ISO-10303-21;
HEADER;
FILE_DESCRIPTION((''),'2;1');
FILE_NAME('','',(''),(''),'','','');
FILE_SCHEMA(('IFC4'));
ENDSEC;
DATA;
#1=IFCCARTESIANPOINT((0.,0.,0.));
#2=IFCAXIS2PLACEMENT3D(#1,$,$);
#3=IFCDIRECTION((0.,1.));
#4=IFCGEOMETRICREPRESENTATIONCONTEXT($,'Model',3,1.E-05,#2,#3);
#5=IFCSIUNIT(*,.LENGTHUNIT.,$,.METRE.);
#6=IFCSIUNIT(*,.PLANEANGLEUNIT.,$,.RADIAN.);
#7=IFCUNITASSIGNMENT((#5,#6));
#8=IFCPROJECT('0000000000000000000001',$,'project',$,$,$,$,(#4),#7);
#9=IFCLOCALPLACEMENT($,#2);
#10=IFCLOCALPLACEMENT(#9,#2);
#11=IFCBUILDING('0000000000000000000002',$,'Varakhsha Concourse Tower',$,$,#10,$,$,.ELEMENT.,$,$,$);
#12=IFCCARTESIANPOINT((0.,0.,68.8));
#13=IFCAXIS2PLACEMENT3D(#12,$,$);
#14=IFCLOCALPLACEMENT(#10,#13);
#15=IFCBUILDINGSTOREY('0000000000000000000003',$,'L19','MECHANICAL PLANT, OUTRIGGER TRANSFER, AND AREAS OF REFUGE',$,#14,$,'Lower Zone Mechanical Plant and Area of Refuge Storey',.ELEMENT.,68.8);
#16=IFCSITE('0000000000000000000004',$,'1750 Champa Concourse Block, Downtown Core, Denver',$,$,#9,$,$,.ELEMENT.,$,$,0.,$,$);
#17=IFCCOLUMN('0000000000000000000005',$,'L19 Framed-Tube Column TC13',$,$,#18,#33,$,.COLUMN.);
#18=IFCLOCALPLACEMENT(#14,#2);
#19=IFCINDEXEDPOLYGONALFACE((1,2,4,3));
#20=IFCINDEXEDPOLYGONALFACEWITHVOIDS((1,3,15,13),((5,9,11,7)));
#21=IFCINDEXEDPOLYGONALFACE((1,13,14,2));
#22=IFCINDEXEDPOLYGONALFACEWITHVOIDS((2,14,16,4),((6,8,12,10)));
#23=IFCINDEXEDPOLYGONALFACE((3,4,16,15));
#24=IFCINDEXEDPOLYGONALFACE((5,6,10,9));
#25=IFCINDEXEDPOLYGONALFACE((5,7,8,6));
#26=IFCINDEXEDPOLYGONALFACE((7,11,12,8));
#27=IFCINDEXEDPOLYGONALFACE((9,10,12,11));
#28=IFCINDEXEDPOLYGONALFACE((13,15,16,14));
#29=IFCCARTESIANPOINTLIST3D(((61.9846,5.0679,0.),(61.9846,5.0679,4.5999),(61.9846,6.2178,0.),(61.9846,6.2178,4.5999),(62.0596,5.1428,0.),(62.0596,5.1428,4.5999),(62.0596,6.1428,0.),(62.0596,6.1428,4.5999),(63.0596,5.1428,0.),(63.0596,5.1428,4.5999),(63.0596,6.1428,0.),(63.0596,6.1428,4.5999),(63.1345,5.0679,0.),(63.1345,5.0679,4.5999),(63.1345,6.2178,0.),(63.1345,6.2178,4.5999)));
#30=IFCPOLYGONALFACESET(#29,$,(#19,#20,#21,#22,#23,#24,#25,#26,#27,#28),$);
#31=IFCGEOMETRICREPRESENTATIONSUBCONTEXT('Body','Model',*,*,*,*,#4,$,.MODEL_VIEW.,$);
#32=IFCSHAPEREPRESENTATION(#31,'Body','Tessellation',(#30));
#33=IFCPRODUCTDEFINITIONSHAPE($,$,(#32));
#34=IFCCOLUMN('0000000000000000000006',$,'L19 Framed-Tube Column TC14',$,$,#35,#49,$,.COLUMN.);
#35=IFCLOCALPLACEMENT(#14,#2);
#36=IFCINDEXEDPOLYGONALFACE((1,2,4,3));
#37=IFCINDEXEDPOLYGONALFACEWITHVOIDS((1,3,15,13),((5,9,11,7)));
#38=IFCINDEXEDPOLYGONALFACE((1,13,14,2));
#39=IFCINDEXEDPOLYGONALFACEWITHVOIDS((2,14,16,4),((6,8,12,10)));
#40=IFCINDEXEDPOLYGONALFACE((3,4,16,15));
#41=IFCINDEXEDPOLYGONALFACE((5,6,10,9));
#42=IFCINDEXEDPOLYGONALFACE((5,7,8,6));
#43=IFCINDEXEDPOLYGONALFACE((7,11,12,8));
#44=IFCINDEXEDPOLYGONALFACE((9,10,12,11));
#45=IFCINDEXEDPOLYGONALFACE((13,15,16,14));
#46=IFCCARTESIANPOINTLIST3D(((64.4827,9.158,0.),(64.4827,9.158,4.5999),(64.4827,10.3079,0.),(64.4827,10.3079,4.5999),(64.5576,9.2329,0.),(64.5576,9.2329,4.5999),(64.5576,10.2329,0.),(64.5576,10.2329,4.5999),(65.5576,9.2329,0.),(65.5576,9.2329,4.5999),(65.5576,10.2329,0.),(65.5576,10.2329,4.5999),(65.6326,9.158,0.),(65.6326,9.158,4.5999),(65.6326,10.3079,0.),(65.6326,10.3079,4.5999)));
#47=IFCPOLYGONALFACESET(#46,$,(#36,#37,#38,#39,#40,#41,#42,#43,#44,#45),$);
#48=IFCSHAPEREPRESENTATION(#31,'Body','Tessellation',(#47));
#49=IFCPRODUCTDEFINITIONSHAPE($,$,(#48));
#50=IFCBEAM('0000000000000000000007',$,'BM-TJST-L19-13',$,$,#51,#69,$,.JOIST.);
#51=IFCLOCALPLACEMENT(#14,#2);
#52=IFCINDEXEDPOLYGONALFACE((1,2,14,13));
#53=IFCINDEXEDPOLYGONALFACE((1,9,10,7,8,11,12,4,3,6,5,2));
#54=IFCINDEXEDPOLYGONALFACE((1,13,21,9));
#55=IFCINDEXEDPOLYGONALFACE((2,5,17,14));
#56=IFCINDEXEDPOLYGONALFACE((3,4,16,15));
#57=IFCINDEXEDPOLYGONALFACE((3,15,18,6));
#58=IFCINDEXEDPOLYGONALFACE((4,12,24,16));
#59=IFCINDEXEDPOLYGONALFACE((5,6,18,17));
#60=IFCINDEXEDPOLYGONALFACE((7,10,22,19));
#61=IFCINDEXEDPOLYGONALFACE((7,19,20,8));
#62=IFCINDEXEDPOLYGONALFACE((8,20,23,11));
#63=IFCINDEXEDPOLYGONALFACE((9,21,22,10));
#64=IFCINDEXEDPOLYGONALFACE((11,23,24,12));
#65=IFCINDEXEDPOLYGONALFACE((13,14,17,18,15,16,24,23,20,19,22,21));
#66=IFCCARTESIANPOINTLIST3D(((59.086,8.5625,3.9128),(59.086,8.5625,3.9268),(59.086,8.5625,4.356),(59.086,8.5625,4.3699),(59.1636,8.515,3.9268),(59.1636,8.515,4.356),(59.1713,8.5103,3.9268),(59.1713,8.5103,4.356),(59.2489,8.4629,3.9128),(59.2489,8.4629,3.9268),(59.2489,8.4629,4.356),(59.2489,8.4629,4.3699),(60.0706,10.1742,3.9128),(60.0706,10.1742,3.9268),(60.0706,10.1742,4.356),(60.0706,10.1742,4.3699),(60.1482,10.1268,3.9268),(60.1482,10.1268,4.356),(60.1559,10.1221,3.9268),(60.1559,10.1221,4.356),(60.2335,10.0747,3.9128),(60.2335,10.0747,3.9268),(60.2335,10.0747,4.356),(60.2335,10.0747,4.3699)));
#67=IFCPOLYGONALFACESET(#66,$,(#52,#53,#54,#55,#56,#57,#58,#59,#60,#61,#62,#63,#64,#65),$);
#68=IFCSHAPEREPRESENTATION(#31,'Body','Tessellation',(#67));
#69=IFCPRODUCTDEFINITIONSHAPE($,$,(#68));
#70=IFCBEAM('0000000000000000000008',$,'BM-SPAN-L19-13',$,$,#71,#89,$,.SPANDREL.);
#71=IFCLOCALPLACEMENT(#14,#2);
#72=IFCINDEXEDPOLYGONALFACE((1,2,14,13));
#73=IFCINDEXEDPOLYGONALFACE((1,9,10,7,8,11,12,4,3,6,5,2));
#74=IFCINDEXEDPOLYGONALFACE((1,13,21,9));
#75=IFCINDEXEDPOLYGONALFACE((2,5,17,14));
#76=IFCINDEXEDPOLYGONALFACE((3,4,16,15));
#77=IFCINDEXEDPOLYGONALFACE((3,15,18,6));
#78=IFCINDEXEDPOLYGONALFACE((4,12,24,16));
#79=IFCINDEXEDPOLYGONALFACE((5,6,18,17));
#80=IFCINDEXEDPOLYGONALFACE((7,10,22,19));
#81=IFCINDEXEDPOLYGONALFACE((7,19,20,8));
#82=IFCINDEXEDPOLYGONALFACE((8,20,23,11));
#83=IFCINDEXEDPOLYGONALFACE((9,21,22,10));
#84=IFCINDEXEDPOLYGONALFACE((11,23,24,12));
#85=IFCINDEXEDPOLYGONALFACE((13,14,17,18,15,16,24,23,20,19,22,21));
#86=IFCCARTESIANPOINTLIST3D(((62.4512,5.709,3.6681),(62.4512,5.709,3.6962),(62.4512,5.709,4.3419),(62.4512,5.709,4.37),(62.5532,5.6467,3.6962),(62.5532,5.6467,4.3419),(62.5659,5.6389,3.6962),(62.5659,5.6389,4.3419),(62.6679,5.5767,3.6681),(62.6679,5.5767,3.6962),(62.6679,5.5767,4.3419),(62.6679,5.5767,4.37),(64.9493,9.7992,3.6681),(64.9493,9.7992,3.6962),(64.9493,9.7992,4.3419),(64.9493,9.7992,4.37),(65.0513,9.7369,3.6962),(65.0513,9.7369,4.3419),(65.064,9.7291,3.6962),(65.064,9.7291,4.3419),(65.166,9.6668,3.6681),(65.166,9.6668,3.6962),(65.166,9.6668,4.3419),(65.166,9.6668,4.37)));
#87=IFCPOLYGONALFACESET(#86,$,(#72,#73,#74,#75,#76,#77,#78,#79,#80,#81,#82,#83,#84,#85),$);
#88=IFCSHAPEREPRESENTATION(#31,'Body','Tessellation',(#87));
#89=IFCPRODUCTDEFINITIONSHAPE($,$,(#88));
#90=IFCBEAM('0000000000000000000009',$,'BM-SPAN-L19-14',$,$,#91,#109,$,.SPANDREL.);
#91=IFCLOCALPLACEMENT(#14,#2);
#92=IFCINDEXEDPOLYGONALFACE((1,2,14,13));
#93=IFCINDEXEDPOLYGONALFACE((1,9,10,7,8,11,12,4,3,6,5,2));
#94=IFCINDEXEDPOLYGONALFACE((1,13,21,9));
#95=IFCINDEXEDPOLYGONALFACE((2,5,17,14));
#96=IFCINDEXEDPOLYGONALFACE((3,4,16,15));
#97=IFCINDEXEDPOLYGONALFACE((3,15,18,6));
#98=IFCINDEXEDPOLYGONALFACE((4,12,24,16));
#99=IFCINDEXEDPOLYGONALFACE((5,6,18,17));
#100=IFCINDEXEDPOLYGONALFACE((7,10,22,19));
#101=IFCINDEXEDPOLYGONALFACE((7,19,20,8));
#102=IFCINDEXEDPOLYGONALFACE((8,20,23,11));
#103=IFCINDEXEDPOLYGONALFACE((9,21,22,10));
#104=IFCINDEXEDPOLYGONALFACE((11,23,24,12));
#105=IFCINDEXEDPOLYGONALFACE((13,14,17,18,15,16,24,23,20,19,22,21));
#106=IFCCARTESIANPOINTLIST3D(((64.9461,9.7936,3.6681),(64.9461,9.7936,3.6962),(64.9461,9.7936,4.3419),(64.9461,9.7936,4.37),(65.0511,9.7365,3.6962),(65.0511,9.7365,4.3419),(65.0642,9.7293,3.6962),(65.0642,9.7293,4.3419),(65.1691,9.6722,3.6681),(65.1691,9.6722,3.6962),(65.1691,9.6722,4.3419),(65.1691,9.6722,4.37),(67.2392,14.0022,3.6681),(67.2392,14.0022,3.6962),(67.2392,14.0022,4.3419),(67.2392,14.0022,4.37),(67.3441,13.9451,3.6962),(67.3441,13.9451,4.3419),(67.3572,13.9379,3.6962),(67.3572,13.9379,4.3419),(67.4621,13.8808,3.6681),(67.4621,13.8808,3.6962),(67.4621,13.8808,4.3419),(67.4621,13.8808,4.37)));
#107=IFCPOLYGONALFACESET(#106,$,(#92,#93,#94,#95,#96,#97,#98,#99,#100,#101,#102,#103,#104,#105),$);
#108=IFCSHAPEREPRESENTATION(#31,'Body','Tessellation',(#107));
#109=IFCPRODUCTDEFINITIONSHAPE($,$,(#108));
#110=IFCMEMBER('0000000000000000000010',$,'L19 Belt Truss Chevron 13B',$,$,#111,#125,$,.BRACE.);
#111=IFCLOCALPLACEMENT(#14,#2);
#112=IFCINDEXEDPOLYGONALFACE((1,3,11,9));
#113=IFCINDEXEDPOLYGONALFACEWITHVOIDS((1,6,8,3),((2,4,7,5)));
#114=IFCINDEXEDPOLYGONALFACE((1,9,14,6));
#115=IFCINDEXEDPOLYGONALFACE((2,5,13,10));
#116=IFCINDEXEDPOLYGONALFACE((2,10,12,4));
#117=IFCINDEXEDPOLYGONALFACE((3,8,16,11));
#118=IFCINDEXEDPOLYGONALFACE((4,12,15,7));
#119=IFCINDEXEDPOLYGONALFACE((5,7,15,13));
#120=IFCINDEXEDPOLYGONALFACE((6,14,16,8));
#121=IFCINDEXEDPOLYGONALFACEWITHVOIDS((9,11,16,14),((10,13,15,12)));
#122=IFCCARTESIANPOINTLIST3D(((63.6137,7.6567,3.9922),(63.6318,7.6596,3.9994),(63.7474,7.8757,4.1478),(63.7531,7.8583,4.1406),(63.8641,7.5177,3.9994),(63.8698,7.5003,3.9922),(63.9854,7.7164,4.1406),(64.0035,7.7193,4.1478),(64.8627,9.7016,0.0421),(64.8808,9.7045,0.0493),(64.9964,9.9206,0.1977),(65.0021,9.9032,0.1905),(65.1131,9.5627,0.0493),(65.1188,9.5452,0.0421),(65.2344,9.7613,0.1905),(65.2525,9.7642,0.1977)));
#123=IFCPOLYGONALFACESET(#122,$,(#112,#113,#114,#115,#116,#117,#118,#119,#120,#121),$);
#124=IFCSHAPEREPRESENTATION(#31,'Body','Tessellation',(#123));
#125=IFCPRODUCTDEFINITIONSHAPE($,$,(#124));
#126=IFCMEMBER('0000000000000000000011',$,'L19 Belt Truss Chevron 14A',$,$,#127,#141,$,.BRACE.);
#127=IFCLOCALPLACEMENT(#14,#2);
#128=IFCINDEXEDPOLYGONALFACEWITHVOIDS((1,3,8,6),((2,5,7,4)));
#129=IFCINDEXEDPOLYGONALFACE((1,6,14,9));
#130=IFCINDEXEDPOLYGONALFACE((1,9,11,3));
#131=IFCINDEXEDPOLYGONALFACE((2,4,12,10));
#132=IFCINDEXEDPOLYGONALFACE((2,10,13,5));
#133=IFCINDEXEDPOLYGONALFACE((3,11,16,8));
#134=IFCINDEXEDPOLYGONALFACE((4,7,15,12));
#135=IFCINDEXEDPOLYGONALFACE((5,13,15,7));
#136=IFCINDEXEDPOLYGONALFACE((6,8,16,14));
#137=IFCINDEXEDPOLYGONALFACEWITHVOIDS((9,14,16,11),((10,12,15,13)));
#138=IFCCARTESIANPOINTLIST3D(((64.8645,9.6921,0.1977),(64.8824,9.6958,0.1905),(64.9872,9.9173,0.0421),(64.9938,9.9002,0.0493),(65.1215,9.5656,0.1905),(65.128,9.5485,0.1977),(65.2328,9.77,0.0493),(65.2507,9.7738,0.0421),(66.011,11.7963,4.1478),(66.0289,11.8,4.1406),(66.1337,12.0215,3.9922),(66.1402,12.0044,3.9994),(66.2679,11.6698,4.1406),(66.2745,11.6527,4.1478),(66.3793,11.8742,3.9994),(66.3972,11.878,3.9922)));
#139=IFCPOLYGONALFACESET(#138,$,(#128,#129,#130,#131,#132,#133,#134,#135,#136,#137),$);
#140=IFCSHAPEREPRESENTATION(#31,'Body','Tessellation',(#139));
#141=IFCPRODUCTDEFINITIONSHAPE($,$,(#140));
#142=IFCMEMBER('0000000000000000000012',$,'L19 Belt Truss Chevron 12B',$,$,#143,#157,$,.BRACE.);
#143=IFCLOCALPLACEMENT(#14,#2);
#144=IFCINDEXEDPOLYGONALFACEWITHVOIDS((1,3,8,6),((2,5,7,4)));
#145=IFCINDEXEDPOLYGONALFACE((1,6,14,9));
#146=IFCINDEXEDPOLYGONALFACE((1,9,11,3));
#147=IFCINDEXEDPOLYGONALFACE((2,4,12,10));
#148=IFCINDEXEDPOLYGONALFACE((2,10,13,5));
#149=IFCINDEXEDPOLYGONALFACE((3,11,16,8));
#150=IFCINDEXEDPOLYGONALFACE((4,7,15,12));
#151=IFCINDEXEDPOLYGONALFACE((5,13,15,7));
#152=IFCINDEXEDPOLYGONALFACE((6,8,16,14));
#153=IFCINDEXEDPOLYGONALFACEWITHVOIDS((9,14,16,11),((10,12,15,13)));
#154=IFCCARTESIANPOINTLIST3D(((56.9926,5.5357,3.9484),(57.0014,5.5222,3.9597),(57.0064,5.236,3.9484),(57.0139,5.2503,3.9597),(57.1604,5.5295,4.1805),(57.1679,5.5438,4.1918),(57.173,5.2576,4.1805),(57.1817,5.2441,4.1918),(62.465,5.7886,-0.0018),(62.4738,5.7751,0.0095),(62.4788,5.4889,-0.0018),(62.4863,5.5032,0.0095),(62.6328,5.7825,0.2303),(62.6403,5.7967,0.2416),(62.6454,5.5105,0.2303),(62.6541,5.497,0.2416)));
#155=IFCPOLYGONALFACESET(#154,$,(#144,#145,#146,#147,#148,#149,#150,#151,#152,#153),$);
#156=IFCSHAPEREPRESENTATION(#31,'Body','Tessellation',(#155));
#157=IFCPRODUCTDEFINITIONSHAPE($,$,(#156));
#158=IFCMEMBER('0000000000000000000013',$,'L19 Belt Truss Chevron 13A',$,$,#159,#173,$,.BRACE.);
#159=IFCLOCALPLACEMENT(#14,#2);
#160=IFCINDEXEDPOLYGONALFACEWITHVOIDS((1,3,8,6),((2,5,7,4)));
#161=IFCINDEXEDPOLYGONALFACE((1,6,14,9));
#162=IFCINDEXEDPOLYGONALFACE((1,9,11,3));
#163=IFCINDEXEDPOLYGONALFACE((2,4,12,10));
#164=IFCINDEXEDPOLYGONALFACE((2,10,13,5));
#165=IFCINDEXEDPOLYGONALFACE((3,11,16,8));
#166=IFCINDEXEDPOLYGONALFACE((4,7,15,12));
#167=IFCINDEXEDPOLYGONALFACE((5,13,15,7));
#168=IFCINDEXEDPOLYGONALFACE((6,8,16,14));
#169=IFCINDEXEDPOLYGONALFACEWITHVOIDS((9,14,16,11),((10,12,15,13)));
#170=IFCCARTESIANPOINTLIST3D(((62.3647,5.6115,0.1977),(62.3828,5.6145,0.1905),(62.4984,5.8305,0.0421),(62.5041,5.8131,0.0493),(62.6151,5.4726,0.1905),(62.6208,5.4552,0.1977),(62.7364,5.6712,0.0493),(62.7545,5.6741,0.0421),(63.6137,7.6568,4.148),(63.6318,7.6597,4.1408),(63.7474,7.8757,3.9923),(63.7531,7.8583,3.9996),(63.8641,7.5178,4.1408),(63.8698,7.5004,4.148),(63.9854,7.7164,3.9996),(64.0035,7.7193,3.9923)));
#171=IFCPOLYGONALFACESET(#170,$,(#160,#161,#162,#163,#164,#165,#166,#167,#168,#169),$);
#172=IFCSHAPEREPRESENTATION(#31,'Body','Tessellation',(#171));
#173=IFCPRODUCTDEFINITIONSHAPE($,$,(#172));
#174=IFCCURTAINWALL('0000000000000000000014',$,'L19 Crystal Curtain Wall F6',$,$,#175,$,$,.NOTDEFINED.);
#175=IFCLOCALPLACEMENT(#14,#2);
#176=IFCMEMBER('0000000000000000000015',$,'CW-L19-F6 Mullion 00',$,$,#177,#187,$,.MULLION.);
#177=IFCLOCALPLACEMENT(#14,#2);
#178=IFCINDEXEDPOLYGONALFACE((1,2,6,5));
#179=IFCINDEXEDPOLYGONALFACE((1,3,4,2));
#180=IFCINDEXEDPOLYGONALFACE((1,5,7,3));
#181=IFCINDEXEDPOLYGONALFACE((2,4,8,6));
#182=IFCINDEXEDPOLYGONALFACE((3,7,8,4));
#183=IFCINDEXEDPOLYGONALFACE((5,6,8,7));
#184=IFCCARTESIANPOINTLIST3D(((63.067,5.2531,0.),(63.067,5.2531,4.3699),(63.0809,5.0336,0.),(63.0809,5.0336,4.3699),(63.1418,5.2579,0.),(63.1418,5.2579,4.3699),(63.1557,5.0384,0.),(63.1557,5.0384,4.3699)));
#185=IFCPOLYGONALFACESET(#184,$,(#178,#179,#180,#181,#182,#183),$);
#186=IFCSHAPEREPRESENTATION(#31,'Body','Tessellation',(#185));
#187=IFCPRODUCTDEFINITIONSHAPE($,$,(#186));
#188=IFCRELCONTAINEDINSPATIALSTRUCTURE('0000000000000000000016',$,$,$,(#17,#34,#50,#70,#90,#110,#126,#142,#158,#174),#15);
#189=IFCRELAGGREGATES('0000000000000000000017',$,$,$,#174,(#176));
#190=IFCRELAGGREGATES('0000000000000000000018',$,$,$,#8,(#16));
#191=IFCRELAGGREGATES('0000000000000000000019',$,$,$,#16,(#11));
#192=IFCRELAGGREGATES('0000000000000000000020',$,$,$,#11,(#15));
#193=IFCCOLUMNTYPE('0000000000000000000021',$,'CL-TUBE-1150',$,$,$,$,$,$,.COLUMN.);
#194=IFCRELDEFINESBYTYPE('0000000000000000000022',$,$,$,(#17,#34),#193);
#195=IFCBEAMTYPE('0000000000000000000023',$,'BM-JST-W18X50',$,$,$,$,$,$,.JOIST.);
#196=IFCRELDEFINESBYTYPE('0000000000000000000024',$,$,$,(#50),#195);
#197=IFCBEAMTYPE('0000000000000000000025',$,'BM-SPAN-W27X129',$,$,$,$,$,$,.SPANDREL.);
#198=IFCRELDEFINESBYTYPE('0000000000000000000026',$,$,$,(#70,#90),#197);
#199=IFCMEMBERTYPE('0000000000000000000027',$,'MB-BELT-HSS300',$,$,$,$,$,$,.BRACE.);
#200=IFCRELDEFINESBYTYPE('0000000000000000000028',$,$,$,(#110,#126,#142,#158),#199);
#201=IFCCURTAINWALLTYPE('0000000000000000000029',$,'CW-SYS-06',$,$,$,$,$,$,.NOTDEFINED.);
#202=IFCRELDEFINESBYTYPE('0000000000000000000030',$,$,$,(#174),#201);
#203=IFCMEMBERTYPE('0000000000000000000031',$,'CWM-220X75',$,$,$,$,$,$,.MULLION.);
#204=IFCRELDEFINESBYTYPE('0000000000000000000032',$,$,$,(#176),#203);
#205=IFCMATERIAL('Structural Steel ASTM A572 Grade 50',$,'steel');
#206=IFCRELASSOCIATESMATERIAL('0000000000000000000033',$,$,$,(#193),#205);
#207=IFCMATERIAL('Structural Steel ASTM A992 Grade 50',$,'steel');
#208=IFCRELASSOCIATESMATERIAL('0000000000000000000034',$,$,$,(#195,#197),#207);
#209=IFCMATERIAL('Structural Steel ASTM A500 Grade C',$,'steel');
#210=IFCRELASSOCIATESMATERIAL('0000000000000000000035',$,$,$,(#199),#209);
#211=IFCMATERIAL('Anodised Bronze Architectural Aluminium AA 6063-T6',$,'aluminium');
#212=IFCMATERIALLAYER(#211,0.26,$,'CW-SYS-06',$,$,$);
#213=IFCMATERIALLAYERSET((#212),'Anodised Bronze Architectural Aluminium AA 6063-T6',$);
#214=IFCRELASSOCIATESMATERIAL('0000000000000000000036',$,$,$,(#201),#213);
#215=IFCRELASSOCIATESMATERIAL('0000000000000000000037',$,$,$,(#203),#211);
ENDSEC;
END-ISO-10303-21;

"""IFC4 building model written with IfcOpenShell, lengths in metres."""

from ifc_helpers import new_model, si_unit, direction, frame, origin, origin_2d, place, context, subcontext, project, spatial, rectangle, hollow_rectangle, i_section, extrude, source, transform, mapped, material, layer, layer_set, material_profile, profile_set, type_object, type_shapes, element, aggregate, save


model = new_model("IFC4")

# Units and contexts
model_context = context("Model", 3, precision=1e-05, world=origin(), true_north=direction((0.0, 1.0)))
body_context = subcontext(model_context, "Body", "Model", "MODEL_VIEW")
ifc_project = project(units=[si_unit("LENGTHUNIT", "METRE"), si_unit("PLANEANGLEUNIT", "RADIAN")], contexts=[model_context])

# Site, building, storey
site_placement = place(None, origin())
site = spatial("IfcSite", under=ifc_project, at=site_placement, Name="1750 Champa Concourse Block, Downtown Core, Denver", CompositionType="ELEMENT", RefElevation=0.0)
building_placement = place(site_placement, origin())
building = spatial("IfcBuilding", under=site, at=building_placement, Name="Varakhsha Concourse Tower", CompositionType="ELEMENT")
storey_placement = place(building_placement, frame((0.0, 0.0, 68.8)))
storey = spatial("IfcBuildingStorey", under=building, at=storey_placement, Name="L19", Description="MECHANICAL PLANT, OUTRIGGER TRANSFER, AND AREAS OF REFUGE", LongName="Lower Zone Mechanical Plant and Area of Refuge Storey", CompositionType="ELEMENT", Elevation=68.8)

# Columns
ifc_material_1 = material(Name="Structural Steel ASTM A572 Grade 50", Category="steel")
ifc_material_profile_1 = material_profile(ifc_material_1, hollow_rectangle(XDim=1.1499, YDim=1.1499, WallThickness=0.075, at=origin_2d()), Name="BOX 1150x1150x75")
ifc_profile_set_1 = profile_set([ifc_material_profile_1], Name="Structural Steel ASTM A572 Grade 50")
column_type = type_object("IfcColumnType", Name="CL-TUBE-1150", PredefinedType="COLUMN", material=ifc_profile_set_1)
for number, where, z_axis, x_axis, name in (
    (1, (62.5596, 5.6428, 0.0), (0.0, 0.0, 1.0), (1.0, 0.0, 0.0), "L19 Framed-Tube Column TC13"),
    (2, (65.0576, 9.7329, 0.0), (0.0, 0.0, 1.0), (1.0, 0.0, 0.0), "L19 Framed-Tube Column TC14"),
):
    element("IfcColumn", number, at=place(storey_placement, frame(where, z_axis=z_axis, x_axis=x_axis)), inside=storey, type_object=column_type, Name=name, PredefinedType="COLUMN", context=body_context, shape_type="SweptSolid", body=[
        extrude(hollow_rectangle(XDim=1.1499, YDim=1.1499, WallThickness=0.075, at=origin_2d()), origin(), (0.0, 0.0, 1.0), 4.5999),
    ])

# Beams
ifc_material_2 = material(Name="Structural Steel ASTM A992 Grade 50", Category="steel")
ifc_material_profile_2 = material_profile(ifc_material_2, i_section(OverallWidth=0.1909, OverallDepth=0.457, WebThickness=0.009, FlangeThickness=0.0139, at=origin_2d()), Name="W18X50")
ifc_profile_set_2 = profile_set([ifc_material_profile_2], Name="Structural Steel ASTM A992 Grade 50")
beam_type_1 = type_object("IfcBeamType", Name="BM-JST-W18X50", PredefinedType="JOIST", material=ifc_profile_set_2)
beam_placement = place(storey_placement, frame((59.1675, 8.5127, 4.1414), z_axis=(0.521304, 0.853371, 0.0), x_axis=(-0.853371, 0.521304, 0.0)))
element("IfcBeam", 3, at=beam_placement, inside=storey, type_object=beam_type_1, Name="BM-TJST-L19-13", PredefinedType="JOIST", context=body_context, shape_type="SweptSolid", body=[
    extrude(i_section(OverallWidth=0.1909, OverallDepth=0.457, WebThickness=0.009, FlangeThickness=0.0139, at=origin_2d()), origin(), (0.0, 0.0, 1.0), 1.8887),
])
ifc_material_profile_3 = material_profile(ifc_material_2, i_section(OverallWidth=0.2539, OverallDepth=0.7019, WebThickness=0.0149, FlangeThickness=0.0281, at=origin_2d()), Name="W27X129")
ifc_profile_set_3 = profile_set([ifc_material_profile_3], Name="Structural Steel ASTM A992 Grade 50")
beam_type_2 = type_object("IfcBeamType", Name="BM-SPAN-W27X129", PredefinedType="SPANDREL", material=ifc_profile_set_3)
for number, where, z_axis, x_axis, name in (
    (4, (62.5596, 5.6428, 4.019), (0.52123, 0.853417, 0.0), (-0.853417, 0.52123, 0.0), "BM-SPAN-L19-13"),
    (5, (65.0576, 9.7329, 4.019), (0.478438, 0.878121, 0.0), (-0.878121, 0.478438, 0.0), "BM-SPAN-L19-14"),
):
    element("IfcBeam", number, at=place(storey_placement, frame(where, z_axis=z_axis, x_axis=x_axis)), inside=storey, type_object=beam_type_2, Name=name, PredefinedType="SPANDREL", context=body_context, shape_type="SweptSolid", body=[
        extrude(i_section(OverallWidth=0.2539, OverallDepth=0.7019, WebThickness=0.0149, FlangeThickness=0.0281, at=origin_2d()), origin(), (0.0, 0.0, 1.0), 4.7927),
    ])

# Members
ifc_material_3 = material(Name="Structural Steel ASTM A500 Grade C", Category="steel")
ifc_material_profile_4 = material_profile(ifc_material_3, hollow_rectangle(XDim=0.3, YDim=0.3, WallThickness=0.0139, at=origin_2d()), Name="HSS 300x300x14")
ifc_profile_set_4 = profile_set([ifc_material_profile_4], Name="Structural Steel ASTM A500 Grade C")
member_type_1 = type_object("IfcMemberType", Name="MB-BELT-HSS300", PredefinedType="BRACE", material=ifc_profile_set_4)
shared_shape_1 = source(origin(), body_context, "Body", "SweptSolid", [
    extrude(hollow_rectangle(XDim=0.3, YDim=0.3, WallThickness=0.0139, at=origin_2d()), origin(), (0.0, 0.0, 1.0), 4.6201),
])
for number, where, z_axis, x_axis, name in (
    (6, (65.0576, 9.7329, 0.1199), (-0.270342, -0.442609, 0.854992), (0.853403, -0.521252, 0.0), "L19 Belt Truss Chevron 13B"),
    (7, (65.0576, 9.7329, 0.1199), (0.248146, 0.455444, 0.854982), (-0.878121, 0.478438, 0.0), "L19 Belt Truss Chevron 14A"),
):
    element("IfcMember", number, at=place(storey_placement, frame(where, z_axis=z_axis, x_axis=x_axis)), inside=storey, type_object=member_type_1, Name=name, PredefinedType="BRACE", context=body_context, shape_type="MappedRepresentation", body=[
        mapped(shared_shape_1, transform((0.0, 0.0, 0.0), scale=1.0)),
    ])
shared_shape_2 = source(origin(), body_context, "Body", "SweptSolid", [
    extrude(hollow_rectangle(XDim=0.3, YDim=0.3, WallThickness=0.0139, at=origin_2d()), origin(), (0.0, 0.0, 1.0), 6.7539),
])
member_1_placement = place(storey_placement, frame((62.5596, 5.6428, 0.1199), z_axis=(-0.810258, -0.037449, 0.584875), x_axis=(0.04617, -0.998934, 0.0)))
element("IfcMember", 8, at=member_1_placement, inside=storey, type_object=member_type_1, Name="L19 Belt Truss Chevron 12B", PredefinedType="BRACE", context=body_context, shape_type="MappedRepresentation", body=[
    mapped(shared_shape_2, transform((0.0, 0.0, 0.0), scale=1.0)),
])
shared_shape_3 = source(origin(), body_context, "Body", "SweptSolid", [
    extrude(hollow_rectangle(XDim=0.3, YDim=0.3, WallThickness=0.0139, at=origin_2d()), origin(), (0.0, 0.0, 1.0), 4.6204),
])
type_shapes(member_type_1, [shared_shape_1, shared_shape_2, shared_shape_3])
member_2_placement = place(storey_placement, frame((62.5596, 5.6428, 0.1199), z_axis=(0.270336, 0.442652, 0.854972), x_axis=(-0.85343, 0.521207, 0.0)))
element("IfcMember", 9, at=member_2_placement, inside=storey, type_object=member_type_1, Name="L19 Belt Truss Chevron 13A", PredefinedType="BRACE", context=body_context, shape_type="MappedRepresentation", body=[
    mapped(shared_shape_3, transform((0.0, 0.0, 0.0), scale=1.0)),
])

# Curtain wall, member
ifc_material_4 = material(Name="Anodised Bronze Architectural Aluminium AA 6063-T6", Category="aluminium")
ifc_layer_1 = layer(ifc_material_4, 0.26, Name="CW-SYS-06")
ifc_layer_set_1 = layer_set([ifc_layer_1], Name="Anodised Bronze Architectural Aluminium AA 6063-T6")
curtain_wall_type = type_object("IfcCurtainWallType", Name="CW-SYS-06", PredefinedType="NOTDEFINED", material=ifc_layer_set_1)
curtain_wall_1_placement = place(storey_placement, origin())
curtain_wall_1 = element("IfcCurtainWall", 10, at=curtain_wall_1_placement, inside=storey, type_object=curtain_wall_type, Name="L19 Crystal Curtain Wall F6", PredefinedType="NOTDEFINED")
ifc_material_profile_5 = material_profile(ifc_material_4, rectangle(XDim=0.075, YDim=0.22, at=origin_2d()), Name="CWM-220X75")
ifc_profile_set_5 = profile_set([ifc_material_profile_5], Name="Anodised Bronze Architectural Aluminium AA 6063-T6")
member_type_2 = type_object("IfcMemberType", Name="CWM-220X75", PredefinedType="MULLION", material=ifc_profile_set_5)
shared_shape_4 = source(origin(), body_context, "Body", "SweptSolid", [
    extrude(rectangle(XDim=0.075, YDim=0.22, at=origin_2d()), origin(), (0.0, 0.0, 1.0), 4.3699),
])
type_shapes(member_type_2, [shared_shape_4])
member_3_placement = place(storey_placement, frame((63.1113, 5.1458, 0.0), z_axis=(0.0, 0.0, 1.0), x_axis=(-0.99799, -0.063374, 0.0)))
member_3 = element("IfcMember", 11, at=member_3_placement, type_object=member_type_2, Name="CW-L19-F6 Mullion 00", PredefinedType="MULLION", context=body_context, shape_type="MappedRepresentation", body=[
    mapped(shared_shape_4, transform((0.0, 0.0, 0.0), scale=1.0)),
])

aggregate(curtain_wall_1, [member_3])

save(model, "model.ifc")
